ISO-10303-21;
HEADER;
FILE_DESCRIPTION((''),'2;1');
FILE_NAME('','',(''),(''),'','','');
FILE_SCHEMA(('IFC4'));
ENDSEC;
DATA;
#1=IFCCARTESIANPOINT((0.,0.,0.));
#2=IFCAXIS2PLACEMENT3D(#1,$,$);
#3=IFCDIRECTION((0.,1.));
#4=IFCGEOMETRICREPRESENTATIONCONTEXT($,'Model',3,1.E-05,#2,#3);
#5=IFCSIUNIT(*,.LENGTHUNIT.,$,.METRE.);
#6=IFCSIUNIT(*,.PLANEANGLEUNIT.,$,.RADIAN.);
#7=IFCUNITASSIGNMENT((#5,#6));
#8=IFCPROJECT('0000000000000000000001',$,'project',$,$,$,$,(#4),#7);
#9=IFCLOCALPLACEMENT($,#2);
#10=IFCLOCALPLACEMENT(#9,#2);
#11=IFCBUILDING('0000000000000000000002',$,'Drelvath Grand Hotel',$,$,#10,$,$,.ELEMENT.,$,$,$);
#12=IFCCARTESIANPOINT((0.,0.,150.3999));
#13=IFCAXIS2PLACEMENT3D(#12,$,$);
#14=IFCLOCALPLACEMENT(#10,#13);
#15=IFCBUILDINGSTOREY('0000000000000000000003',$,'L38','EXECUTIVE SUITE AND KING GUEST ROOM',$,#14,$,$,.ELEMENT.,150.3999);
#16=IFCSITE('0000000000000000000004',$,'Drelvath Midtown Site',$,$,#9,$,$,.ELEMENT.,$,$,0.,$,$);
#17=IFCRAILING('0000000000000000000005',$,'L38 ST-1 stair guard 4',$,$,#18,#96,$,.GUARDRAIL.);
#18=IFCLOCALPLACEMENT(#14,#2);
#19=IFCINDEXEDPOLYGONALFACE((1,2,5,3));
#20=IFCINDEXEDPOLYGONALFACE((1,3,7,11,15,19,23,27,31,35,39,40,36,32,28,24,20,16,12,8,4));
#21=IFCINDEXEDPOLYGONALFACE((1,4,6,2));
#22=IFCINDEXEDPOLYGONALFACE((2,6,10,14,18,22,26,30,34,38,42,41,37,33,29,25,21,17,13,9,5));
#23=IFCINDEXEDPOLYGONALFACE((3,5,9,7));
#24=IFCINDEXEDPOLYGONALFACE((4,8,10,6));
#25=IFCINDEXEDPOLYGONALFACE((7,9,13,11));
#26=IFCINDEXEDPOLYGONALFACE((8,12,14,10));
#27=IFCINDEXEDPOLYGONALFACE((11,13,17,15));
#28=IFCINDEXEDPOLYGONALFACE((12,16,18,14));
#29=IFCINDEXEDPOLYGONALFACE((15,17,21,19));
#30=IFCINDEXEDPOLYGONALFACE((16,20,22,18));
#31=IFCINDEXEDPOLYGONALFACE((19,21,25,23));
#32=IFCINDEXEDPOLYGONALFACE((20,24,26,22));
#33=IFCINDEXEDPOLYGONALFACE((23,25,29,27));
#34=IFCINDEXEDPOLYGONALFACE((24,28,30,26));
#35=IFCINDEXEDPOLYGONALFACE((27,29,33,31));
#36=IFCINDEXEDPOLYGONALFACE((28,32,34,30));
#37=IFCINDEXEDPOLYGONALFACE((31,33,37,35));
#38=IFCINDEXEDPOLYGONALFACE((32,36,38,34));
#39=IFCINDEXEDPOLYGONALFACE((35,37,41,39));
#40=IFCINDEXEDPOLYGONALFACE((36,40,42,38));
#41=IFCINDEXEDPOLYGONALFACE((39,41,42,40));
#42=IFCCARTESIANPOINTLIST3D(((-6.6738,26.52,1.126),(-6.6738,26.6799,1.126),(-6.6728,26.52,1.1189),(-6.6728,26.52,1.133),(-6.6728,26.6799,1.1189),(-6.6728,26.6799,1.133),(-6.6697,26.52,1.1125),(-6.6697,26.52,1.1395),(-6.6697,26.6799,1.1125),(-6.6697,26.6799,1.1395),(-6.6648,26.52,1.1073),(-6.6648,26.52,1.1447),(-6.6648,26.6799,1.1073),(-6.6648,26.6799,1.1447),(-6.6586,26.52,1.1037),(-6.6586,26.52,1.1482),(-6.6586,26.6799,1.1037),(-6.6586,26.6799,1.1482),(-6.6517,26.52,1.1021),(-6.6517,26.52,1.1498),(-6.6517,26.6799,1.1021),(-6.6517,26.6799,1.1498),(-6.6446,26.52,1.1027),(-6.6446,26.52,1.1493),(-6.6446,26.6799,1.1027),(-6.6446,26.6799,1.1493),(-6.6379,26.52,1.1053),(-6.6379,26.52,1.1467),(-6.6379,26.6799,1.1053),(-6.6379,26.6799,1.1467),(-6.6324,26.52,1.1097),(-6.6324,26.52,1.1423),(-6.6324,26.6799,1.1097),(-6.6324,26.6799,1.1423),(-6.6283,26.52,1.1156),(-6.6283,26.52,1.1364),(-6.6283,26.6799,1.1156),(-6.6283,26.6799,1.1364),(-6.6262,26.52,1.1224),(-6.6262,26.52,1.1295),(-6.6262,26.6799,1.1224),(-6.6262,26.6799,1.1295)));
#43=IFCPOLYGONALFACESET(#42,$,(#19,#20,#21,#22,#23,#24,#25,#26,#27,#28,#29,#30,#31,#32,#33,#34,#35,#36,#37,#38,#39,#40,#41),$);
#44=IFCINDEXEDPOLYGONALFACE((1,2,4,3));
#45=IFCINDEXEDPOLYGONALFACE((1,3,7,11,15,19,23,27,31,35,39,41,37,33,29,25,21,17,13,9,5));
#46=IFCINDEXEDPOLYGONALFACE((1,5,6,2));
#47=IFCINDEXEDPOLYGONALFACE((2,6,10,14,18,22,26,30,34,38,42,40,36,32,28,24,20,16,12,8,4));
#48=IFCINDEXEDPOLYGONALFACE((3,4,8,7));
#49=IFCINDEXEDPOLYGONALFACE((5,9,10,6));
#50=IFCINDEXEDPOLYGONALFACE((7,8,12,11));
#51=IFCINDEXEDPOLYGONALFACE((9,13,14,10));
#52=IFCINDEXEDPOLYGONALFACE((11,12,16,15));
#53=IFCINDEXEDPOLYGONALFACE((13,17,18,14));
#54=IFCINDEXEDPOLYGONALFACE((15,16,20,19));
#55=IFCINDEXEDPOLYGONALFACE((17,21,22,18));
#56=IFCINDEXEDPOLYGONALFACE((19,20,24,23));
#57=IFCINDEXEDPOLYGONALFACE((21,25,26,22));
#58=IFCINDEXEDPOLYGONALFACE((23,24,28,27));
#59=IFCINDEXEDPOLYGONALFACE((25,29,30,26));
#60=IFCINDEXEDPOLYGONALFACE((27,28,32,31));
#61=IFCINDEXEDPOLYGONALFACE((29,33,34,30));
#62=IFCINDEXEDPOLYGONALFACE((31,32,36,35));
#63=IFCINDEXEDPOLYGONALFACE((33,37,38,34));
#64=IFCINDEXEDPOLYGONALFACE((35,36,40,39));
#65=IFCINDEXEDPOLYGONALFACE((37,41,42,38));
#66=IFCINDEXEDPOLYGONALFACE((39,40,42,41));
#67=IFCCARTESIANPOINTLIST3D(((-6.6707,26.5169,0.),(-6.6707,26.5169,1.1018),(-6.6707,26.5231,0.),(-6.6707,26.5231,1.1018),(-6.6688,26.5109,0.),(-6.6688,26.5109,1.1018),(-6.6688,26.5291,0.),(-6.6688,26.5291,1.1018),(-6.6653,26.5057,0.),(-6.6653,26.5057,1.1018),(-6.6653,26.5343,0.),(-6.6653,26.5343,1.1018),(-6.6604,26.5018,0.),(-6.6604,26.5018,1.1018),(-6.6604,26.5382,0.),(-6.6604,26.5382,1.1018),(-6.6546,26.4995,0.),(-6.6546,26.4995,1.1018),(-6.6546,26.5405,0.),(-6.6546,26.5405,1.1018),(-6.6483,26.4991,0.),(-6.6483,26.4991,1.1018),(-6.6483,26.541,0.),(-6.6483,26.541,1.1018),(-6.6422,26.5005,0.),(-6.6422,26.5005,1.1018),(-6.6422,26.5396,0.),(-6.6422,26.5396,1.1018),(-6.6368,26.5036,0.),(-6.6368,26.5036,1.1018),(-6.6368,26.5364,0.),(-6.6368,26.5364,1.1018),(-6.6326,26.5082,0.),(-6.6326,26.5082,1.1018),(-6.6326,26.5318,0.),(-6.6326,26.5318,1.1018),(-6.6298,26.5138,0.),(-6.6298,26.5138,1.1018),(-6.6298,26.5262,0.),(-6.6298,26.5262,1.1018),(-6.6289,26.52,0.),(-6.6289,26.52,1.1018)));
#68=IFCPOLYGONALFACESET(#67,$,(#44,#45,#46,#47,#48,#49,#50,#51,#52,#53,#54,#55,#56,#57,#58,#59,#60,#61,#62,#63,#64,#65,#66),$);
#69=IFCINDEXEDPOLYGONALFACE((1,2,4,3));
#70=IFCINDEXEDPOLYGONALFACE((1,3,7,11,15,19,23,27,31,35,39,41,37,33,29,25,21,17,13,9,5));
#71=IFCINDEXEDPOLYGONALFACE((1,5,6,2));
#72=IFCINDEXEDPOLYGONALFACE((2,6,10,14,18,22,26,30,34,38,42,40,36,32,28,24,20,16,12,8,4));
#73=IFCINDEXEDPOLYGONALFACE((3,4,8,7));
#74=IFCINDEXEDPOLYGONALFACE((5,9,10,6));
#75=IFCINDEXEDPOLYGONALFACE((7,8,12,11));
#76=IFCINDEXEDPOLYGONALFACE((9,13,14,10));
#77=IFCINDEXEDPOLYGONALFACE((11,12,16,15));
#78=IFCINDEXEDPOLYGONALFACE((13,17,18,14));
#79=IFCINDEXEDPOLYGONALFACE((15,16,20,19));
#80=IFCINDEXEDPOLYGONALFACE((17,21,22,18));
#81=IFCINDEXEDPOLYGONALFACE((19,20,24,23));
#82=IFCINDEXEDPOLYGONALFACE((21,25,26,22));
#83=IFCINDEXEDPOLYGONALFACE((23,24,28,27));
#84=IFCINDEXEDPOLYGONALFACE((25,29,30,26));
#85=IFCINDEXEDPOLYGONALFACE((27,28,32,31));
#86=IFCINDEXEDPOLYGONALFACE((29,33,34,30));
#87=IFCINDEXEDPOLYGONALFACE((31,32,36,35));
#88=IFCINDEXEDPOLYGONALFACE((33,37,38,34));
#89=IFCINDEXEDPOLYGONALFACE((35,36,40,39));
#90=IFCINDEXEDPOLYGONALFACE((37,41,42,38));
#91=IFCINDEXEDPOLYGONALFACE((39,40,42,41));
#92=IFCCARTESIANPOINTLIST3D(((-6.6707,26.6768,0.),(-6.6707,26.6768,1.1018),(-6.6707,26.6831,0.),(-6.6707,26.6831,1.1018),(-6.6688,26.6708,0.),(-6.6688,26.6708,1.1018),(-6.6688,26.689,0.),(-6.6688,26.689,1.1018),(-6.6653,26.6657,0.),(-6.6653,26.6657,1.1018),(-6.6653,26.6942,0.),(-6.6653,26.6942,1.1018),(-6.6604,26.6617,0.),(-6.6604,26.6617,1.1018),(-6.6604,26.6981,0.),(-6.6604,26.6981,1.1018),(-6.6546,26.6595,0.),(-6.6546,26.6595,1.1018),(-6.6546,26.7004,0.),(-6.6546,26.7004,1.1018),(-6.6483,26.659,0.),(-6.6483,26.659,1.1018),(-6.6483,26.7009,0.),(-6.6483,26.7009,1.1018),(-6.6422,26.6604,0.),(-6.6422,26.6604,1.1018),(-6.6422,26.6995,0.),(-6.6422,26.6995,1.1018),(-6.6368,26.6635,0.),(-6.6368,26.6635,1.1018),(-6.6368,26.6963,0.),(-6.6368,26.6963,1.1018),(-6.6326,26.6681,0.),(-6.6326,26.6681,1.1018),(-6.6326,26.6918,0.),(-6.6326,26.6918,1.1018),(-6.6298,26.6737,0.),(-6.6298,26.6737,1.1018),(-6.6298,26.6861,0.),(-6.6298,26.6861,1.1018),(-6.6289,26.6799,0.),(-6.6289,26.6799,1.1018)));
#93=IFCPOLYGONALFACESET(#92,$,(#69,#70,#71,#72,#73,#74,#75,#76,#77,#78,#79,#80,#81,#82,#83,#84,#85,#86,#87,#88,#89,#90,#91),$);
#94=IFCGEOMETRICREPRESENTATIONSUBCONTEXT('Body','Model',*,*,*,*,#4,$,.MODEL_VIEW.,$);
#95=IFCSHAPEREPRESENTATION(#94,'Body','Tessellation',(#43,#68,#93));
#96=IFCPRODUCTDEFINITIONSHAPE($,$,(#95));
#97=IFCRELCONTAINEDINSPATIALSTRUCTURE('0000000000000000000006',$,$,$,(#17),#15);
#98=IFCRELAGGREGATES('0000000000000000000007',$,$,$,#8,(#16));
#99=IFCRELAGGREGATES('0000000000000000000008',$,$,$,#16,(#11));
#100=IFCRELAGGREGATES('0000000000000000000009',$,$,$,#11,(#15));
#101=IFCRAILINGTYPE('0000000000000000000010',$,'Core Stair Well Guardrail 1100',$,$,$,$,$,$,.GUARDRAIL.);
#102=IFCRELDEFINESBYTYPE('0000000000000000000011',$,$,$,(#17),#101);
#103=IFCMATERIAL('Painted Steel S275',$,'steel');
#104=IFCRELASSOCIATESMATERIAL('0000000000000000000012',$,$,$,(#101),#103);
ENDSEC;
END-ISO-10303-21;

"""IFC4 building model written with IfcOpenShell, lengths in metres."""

from ifc_helpers import new_model, si_unit, direction, frame, origin, origin_2d, place, context, subcontext, project, spatial, circle, extrude, material, type_object, element, save


model = new_model("IFC4")

# Units and contexts
model_context = context("Model", 3, precision=1e-05, world=origin(), true_north=direction((0.0, 1.0)))
body_context = subcontext(model_context, "Body", "Model", "MODEL_VIEW")
ifc_project = project(units=[si_unit("LENGTHUNIT", "METRE"), si_unit("PLANEANGLEUNIT", "RADIAN")], contexts=[model_context])

# Site, building, storey
site_placement = place(None, origin())
site = spatial("IfcSite", under=ifc_project, at=site_placement, Name="Drelvath Midtown Site", CompositionType="ELEMENT", RefElevation=0.0)
building_placement = place(site_placement, origin())
building = spatial("IfcBuilding", under=site, at=building_placement, Name="Drelvath Grand Hotel", CompositionType="ELEMENT")
storey_placement = place(building_placement, frame((0.0, 0.0, 150.3999)))
storey = spatial("IfcBuildingStorey", under=building, at=storey_placement, Name="L38", Description="EXECUTIVE SUITE AND KING GUEST ROOM", CompositionType="ELEMENT", Elevation=150.3999)

# Shared definitions
ifc_material_1 = material(Name="Painted Steel S275", Category="steel")

# Railing
railing_type_1 = type_object("IfcRailingType", Name="Core Stair Well Guardrail 1100", PredefinedType="GUARDRAIL", material=ifc_material_1)
railing_1_placement = place(storey_placement, frame((-6.6499, 26.52, 0.0)))
element("IfcRailing", 1, at=railing_1_placement, inside=storey, type_object=railing_type_1, Name="L38 ST-1 stair guard 4", PredefinedType="GUARDRAIL", context=body_context, shape_type="SweptSolid", body=[
    extrude(circle(Radius=0.0239, at=origin_2d()), frame((0.0, 0.0, 1.126), z_axis=(0.0, 1.0, 0.0), x_axis=(-1.0, 0.0, 0.0)), (0.0, 0.0, 1.0), 0.1599),
    extrude(circle(Radius=0.021, at=origin_2d()), origin(), (0.0, 0.0, 1.0), 1.1018),
    extrude(circle(Radius=0.021, at=origin_2d()), frame((0.0, 0.1599, 0.0)), (0.0, 0.0, 1.0), 1.1018),
])

save(model, "model.ifc")
